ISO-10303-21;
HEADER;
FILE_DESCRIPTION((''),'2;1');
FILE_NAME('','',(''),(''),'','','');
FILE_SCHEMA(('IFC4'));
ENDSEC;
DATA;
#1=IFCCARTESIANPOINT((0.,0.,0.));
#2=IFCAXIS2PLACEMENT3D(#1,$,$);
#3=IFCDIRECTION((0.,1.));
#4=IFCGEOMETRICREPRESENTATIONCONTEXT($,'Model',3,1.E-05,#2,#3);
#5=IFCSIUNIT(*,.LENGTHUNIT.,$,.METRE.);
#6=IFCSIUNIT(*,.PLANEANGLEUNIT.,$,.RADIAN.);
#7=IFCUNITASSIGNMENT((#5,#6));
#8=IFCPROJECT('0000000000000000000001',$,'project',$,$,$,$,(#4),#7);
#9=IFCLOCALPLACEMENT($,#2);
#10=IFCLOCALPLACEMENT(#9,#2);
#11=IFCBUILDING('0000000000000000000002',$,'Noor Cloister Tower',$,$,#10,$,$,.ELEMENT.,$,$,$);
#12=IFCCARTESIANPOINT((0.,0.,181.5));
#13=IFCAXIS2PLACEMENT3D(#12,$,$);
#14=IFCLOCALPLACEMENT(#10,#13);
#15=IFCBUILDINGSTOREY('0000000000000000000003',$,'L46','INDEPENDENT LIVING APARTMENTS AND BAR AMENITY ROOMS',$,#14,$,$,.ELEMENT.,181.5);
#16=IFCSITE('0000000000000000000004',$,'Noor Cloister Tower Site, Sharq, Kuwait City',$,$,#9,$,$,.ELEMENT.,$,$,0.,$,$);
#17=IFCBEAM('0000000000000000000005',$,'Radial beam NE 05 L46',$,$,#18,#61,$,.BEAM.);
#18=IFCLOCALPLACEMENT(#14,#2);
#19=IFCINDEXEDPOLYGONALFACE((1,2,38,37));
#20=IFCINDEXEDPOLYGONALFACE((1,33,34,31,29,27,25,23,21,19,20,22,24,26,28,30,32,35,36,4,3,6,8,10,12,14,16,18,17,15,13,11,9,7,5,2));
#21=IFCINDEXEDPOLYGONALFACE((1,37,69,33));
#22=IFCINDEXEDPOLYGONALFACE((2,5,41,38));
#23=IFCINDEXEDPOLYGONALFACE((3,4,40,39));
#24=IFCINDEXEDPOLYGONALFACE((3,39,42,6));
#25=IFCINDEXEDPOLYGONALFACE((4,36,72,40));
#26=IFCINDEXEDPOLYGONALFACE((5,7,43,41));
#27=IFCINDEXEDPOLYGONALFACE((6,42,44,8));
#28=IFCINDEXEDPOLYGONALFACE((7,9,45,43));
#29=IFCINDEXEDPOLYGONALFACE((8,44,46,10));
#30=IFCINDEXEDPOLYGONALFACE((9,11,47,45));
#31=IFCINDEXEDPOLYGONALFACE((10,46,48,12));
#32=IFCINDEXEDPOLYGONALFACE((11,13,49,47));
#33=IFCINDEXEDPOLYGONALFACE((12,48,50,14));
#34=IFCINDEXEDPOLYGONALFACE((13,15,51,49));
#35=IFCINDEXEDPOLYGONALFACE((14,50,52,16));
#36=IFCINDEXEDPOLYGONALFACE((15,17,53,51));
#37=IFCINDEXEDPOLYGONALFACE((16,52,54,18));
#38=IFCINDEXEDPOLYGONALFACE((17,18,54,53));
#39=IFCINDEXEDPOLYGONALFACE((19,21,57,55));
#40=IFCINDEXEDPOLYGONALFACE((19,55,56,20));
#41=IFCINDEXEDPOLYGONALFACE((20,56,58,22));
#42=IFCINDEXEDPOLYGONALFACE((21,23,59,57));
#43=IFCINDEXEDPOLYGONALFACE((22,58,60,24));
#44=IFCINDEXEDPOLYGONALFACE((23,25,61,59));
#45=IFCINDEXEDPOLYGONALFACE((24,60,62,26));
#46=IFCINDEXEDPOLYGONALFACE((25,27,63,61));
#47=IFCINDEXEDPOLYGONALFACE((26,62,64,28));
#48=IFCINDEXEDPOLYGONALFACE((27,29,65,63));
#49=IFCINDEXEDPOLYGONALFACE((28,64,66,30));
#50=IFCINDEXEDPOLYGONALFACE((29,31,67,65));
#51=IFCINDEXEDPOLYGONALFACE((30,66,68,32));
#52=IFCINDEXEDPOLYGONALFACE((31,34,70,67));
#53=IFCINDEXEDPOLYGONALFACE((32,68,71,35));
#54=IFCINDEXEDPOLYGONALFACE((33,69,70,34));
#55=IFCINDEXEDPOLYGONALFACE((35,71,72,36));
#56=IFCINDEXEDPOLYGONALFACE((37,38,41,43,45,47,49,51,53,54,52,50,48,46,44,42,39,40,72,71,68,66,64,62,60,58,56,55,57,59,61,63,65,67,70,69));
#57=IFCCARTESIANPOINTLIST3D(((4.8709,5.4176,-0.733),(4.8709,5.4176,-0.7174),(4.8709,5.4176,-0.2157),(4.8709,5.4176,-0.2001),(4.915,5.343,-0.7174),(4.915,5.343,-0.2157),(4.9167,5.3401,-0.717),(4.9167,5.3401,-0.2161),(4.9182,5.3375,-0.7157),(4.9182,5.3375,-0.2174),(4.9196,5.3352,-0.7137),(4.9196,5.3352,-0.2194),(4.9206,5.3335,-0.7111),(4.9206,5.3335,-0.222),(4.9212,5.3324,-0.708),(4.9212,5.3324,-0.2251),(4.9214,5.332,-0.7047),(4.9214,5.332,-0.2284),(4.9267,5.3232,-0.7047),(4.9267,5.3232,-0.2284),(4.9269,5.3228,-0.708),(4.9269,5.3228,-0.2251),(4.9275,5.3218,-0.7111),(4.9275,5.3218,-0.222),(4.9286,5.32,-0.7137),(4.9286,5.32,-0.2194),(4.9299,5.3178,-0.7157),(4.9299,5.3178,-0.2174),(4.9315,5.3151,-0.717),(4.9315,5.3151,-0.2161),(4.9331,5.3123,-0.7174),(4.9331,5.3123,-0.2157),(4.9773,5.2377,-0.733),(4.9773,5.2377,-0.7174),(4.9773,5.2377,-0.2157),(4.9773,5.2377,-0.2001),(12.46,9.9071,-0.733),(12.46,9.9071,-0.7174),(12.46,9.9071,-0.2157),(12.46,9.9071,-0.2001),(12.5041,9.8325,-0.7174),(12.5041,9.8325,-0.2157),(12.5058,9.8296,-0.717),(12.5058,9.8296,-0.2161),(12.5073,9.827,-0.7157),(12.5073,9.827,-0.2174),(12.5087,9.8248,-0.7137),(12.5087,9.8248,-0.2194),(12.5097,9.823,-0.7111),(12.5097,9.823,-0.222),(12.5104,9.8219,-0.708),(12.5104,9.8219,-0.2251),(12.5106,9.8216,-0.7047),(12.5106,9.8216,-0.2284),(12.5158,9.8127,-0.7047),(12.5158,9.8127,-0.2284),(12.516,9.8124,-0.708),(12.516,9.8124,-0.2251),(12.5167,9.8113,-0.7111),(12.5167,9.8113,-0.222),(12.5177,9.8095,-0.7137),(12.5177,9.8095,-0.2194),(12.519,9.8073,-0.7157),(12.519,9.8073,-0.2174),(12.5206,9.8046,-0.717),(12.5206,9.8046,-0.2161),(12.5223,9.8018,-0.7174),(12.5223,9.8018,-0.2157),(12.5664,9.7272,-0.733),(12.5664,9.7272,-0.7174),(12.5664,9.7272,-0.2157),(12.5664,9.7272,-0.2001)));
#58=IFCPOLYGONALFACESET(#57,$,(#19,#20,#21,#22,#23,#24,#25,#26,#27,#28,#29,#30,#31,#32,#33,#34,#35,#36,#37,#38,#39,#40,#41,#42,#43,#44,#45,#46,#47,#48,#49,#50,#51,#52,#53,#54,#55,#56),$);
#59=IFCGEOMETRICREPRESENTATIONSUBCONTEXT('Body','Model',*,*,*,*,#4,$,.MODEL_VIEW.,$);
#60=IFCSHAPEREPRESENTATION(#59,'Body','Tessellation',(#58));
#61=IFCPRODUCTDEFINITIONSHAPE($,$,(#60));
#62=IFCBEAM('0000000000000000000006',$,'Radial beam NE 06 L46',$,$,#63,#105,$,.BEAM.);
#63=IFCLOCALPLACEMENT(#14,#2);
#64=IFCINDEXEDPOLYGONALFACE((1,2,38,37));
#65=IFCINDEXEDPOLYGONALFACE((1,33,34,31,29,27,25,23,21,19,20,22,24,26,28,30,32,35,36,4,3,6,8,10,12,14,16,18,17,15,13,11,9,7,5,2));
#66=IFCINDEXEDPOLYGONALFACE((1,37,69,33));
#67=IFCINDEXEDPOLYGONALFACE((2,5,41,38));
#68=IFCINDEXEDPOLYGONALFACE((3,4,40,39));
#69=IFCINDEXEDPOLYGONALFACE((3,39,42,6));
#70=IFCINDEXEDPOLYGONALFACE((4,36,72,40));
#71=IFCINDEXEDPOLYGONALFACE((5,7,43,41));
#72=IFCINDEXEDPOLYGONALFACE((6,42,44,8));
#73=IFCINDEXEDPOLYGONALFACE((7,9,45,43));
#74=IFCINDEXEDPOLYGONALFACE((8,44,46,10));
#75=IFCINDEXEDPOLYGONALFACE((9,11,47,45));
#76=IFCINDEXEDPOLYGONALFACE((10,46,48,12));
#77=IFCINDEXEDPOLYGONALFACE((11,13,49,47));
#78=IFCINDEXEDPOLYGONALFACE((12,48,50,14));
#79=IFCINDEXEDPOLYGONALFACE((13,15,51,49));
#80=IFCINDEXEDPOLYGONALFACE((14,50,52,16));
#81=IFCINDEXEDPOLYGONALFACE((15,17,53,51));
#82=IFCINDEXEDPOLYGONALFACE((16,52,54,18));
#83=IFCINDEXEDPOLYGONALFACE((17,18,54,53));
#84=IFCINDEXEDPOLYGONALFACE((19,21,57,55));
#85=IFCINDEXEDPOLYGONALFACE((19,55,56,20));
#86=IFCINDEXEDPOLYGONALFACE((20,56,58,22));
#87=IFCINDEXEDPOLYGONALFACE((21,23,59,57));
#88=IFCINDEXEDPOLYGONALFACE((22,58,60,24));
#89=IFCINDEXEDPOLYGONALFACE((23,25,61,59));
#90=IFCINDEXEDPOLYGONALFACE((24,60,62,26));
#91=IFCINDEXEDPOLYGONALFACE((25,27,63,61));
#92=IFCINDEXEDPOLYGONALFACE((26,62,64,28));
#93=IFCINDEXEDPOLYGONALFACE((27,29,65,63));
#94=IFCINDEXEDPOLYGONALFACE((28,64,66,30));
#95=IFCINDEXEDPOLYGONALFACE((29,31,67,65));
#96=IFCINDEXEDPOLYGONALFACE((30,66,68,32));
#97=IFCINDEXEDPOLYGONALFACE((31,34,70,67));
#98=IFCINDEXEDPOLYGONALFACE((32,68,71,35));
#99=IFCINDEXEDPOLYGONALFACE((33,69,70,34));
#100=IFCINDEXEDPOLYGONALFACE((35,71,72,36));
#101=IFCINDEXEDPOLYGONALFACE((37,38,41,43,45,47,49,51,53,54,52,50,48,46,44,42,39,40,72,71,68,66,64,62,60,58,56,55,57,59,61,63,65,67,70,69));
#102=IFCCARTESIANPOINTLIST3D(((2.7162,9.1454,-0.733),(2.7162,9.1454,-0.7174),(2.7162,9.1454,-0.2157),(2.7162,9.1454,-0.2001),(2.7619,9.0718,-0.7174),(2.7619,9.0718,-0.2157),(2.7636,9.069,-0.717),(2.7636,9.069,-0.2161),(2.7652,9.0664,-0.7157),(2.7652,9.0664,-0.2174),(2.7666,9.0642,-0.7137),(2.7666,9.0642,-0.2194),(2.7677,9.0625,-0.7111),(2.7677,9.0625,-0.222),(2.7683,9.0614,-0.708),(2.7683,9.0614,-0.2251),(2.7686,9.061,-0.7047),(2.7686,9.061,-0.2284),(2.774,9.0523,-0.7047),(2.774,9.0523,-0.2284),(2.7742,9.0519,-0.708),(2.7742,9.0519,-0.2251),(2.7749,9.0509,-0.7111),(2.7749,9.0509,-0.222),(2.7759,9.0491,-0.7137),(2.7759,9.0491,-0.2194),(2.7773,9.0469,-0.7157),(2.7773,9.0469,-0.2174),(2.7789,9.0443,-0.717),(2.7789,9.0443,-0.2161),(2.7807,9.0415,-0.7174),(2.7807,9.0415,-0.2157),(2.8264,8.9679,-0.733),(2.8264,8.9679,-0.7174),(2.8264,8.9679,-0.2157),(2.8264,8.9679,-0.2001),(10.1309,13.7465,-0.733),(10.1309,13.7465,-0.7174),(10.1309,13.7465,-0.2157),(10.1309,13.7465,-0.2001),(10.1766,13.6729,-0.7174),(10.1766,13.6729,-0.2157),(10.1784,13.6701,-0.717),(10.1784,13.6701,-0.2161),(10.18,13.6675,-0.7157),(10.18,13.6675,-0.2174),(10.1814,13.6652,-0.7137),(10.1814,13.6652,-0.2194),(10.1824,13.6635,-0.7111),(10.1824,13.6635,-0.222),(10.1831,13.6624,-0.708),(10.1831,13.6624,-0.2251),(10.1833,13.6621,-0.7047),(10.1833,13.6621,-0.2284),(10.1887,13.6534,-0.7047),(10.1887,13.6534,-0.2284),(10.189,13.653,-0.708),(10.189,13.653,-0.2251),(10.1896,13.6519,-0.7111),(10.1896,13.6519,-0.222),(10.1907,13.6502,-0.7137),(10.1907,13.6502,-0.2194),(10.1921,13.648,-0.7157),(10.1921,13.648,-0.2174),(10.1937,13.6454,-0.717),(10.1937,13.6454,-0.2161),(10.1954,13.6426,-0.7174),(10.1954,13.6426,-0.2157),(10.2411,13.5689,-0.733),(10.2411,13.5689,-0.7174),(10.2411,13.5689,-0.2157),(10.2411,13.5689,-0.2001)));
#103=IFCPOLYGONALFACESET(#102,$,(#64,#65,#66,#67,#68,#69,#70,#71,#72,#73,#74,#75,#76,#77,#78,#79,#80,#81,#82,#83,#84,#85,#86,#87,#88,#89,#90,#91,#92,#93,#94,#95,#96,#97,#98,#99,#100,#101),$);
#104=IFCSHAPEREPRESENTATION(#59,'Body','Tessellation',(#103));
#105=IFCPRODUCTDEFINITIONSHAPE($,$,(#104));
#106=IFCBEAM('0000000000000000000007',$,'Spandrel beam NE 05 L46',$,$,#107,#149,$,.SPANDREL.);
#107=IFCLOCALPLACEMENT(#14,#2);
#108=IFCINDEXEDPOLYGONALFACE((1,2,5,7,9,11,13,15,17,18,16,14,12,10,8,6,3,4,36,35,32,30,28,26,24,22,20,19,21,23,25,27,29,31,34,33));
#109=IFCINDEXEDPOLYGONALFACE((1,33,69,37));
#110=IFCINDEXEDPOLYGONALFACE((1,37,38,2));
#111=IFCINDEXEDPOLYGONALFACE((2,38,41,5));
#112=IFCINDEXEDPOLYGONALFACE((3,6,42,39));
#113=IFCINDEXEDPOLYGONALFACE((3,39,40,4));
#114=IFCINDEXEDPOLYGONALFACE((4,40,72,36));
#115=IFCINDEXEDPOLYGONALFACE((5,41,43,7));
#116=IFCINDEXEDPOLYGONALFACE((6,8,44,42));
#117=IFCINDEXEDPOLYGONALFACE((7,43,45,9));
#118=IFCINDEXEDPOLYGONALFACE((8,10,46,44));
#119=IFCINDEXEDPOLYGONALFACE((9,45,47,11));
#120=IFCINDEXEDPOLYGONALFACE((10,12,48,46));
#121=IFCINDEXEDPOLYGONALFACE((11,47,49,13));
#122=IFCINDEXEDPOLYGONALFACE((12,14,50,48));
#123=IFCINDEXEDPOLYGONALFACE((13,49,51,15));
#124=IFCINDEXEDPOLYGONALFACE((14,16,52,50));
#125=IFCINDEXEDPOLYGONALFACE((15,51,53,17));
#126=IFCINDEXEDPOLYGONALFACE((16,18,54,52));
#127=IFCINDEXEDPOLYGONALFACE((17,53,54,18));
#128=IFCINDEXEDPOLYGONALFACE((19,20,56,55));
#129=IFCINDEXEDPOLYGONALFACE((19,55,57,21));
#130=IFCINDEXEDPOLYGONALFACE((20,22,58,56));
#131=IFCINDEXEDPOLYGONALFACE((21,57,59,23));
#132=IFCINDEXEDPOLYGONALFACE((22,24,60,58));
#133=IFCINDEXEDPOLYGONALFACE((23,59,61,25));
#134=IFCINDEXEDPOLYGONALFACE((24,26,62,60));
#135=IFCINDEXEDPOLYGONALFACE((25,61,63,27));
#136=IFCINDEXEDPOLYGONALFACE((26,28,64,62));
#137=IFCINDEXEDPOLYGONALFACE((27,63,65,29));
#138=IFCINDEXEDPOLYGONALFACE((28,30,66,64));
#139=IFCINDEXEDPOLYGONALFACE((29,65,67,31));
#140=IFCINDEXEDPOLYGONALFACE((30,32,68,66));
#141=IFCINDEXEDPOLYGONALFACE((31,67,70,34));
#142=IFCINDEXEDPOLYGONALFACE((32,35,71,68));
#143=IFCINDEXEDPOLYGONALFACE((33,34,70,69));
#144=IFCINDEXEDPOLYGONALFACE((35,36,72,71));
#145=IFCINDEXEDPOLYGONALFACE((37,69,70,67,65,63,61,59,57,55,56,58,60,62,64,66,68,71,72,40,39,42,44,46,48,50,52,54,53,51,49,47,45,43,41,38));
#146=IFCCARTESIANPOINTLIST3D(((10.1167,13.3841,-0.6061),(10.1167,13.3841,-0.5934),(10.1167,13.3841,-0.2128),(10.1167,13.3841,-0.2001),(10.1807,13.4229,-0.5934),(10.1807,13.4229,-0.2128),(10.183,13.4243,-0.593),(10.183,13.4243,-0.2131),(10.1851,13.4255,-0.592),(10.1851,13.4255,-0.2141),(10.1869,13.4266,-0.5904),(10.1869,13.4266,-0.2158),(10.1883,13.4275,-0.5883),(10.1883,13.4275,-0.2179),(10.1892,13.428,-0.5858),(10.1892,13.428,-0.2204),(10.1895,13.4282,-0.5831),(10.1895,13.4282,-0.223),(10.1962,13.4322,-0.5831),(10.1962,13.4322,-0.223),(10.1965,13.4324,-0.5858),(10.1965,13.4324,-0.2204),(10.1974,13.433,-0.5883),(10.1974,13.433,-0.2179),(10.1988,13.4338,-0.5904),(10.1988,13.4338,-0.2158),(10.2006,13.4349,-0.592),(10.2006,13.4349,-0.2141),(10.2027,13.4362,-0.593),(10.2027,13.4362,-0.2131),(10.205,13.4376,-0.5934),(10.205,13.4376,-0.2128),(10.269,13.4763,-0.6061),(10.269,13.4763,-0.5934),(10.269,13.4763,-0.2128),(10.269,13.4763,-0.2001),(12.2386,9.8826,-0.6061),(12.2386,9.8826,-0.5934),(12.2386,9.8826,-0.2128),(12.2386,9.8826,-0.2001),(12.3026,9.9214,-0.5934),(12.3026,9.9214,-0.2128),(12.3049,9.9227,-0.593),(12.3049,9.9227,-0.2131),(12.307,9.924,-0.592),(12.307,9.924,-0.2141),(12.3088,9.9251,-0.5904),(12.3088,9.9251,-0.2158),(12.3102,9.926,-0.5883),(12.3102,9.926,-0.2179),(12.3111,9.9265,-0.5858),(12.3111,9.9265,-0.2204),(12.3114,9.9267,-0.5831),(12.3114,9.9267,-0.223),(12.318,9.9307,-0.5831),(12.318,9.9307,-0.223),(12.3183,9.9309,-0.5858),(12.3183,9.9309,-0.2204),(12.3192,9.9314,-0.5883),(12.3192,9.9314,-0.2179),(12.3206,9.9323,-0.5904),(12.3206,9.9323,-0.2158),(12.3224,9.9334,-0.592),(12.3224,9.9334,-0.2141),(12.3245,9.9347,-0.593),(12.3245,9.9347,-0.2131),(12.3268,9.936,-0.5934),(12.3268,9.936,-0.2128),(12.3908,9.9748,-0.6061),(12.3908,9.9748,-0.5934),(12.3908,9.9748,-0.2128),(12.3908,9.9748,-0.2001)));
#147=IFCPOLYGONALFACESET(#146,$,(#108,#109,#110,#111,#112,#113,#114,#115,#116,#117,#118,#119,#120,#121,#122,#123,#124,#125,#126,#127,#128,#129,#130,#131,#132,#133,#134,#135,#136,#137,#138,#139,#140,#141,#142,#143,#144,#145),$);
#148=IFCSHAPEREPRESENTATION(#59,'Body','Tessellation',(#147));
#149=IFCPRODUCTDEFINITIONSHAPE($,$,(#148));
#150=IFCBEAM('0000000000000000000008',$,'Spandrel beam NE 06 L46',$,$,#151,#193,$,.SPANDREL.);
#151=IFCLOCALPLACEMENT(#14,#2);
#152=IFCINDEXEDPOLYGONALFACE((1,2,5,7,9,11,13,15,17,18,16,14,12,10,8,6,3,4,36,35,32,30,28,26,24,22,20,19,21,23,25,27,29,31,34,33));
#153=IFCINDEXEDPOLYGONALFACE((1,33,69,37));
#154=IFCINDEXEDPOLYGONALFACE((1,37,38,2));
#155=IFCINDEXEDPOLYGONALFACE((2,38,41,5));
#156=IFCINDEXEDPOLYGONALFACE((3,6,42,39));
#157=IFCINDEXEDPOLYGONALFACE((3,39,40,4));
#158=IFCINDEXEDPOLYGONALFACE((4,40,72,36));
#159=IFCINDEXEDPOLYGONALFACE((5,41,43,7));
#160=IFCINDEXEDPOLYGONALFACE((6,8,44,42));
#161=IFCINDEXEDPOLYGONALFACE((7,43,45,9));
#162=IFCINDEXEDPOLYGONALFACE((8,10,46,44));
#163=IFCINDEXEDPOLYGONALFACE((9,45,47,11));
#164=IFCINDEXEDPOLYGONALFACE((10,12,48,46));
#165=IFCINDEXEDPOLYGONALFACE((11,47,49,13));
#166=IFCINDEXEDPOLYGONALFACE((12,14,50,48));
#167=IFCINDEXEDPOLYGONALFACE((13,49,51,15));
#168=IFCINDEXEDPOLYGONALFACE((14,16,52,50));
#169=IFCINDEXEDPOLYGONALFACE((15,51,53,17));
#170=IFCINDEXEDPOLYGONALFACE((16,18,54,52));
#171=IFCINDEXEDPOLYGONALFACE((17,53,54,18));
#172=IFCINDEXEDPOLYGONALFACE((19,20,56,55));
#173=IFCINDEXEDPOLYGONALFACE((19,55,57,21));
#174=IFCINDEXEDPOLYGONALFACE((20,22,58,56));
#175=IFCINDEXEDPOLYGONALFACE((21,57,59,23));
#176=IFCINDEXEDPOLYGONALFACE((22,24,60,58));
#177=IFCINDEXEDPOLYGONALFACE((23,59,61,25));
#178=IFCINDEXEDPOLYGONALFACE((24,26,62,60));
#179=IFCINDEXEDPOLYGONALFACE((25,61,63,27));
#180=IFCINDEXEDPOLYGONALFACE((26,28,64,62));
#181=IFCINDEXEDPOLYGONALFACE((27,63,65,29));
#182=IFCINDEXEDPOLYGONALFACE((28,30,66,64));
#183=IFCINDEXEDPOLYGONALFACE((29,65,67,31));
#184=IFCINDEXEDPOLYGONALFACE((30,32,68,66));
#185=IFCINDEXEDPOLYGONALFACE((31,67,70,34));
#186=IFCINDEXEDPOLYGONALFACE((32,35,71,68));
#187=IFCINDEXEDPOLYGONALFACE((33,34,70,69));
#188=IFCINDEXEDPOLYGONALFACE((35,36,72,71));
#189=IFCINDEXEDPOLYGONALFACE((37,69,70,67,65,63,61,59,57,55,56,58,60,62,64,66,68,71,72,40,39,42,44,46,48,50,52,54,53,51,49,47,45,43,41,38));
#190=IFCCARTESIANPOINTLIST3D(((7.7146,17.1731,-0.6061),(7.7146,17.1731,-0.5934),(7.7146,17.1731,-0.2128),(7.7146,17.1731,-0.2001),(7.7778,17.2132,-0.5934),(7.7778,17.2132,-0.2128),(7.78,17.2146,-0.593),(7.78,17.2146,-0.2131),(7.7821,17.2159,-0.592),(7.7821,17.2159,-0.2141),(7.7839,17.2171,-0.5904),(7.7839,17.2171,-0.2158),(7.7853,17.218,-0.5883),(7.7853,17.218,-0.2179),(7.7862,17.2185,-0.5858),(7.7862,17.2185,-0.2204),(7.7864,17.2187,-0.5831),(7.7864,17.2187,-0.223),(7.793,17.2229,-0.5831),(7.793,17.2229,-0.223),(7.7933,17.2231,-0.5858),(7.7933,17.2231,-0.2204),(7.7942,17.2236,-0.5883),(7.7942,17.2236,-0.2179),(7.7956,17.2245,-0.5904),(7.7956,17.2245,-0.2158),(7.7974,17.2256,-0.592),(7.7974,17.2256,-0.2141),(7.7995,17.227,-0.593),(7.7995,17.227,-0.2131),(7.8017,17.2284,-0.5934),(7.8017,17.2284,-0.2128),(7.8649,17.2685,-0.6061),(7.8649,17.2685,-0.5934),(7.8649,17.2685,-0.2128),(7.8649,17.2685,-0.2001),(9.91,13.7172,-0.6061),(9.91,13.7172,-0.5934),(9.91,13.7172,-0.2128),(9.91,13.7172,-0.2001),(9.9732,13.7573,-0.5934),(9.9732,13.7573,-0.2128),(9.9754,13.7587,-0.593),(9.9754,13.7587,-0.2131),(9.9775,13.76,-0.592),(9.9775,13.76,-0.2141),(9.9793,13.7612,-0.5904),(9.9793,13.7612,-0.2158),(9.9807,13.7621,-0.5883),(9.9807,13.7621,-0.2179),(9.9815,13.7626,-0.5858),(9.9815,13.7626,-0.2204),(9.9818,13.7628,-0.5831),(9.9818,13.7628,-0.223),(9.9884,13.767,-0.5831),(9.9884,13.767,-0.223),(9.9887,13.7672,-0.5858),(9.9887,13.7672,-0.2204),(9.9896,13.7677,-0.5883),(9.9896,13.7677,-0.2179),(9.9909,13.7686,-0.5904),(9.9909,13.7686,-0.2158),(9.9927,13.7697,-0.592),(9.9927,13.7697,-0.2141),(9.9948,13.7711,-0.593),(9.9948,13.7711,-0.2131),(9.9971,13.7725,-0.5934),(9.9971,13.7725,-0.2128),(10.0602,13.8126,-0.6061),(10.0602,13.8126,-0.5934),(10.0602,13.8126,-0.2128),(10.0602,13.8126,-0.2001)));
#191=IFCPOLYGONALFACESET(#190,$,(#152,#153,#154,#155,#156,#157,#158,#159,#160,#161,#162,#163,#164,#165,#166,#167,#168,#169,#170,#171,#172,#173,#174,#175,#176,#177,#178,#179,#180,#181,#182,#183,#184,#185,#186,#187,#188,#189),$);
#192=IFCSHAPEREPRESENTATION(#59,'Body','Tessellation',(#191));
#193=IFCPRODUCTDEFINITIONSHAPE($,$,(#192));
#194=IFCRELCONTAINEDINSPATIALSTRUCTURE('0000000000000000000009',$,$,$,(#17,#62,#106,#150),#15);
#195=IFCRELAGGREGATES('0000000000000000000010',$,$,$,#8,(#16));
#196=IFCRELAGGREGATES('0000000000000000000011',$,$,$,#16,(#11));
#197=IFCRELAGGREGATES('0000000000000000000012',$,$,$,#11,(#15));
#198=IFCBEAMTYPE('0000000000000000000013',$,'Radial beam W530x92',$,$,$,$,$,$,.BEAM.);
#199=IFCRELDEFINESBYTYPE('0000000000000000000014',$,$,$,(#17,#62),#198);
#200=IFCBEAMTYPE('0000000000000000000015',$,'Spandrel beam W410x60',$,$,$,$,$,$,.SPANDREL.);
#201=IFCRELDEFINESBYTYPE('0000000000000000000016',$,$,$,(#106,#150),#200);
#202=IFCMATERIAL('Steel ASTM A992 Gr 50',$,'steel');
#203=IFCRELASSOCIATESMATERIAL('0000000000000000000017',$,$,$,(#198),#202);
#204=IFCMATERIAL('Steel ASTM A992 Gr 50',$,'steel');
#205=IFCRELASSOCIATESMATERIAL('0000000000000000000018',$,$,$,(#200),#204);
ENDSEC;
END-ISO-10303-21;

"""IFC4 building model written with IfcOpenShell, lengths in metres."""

from ifc_helpers import new_model, si_unit, direction, frame, origin, origin_2d, place, context, subcontext, project, spatial, i_section, extrude, material, material_profile, profile_set, type_object, element, save


model = new_model("IFC4")

# Units and contexts
model_context = context("Model", 3, precision=1e-05, world=origin(), true_north=direction((0.0, 1.0)))
body_context = subcontext(model_context, "Body", "Model", "MODEL_VIEW")
ifc_project = project(units=[si_unit("LENGTHUNIT", "METRE"), si_unit("PLANEANGLEUNIT", "RADIAN")], contexts=[model_context])

# Site, building, storey
site_placement = place(None, origin())
site = spatial("IfcSite", under=ifc_project, at=site_placement, Name="Noor Cloister Tower Site, Sharq, Kuwait City", CompositionType="ELEMENT", RefElevation=0.0)
building_placement = place(site_placement, origin())
building = spatial("IfcBuilding", under=site, at=building_placement, Name="Noor Cloister Tower", CompositionType="ELEMENT")
storey_placement = place(building_placement, frame((0.0, 0.0, 181.5)))
storey = spatial("IfcBuildingStorey", under=building, at=storey_placement, Name="L46", Description="INDEPENDENT LIVING APARTMENTS AND BAR AMENITY ROOMS", CompositionType="ELEMENT", Elevation=181.5)

# Beams
ifc_material_1 = material(Name="Steel ASTM A992 Gr 50", Category="steel")
ifc_material_profile_1 = material_profile(ifc_material_1, i_section(OverallWidth=0.209, OverallDepth=0.533, WebThickness=0.0103, FlangeThickness=0.0156, FilletRadius=0.0127, at=origin_2d()), Name="W530x92")
ifc_profile_set_1 = profile_set([ifc_material_profile_1], Name="Steel ASTM A992 Gr 50")
beam_type_1 = type_object("IfcBeamType", Name="Radial beam W530x92", PredefinedType="BEAM", material=ifc_profile_set_1)
beam_1_placement = place(storey_placement, frame((12.5132, 9.8171, -0.4666), z_axis=(-0.860677, -0.509152, 0.0), x_axis=(0.509152, -0.860677, 0.0)))
element("IfcBeam", 1, at=beam_1_placement, inside=storey, type_object=beam_type_1, Name="Radial beam NE 05 L46", PredefinedType="BEAM", context=body_context, shape_type="SweptSolid", body=[
    extrude(i_section(OverallWidth=0.209, OverallDepth=0.533, WebThickness=0.0103, FlangeThickness=0.0156, FilletRadius=0.0127, at=origin_2d()), origin(), (0.0, 0.0, 1.0), 8.8176),
])
beam_2_placement = place(storey_placement, frame((10.186, 13.6577, -0.4666), z_axis=(-0.849702, -0.527263, 0.0), x_axis=(0.527263, -0.849702, 0.0)))
element("IfcBeam", 2, at=beam_2_placement, inside=storey, type_object=beam_type_1, Name="Radial beam NE 06 L46", PredefinedType="BEAM", context=body_context, shape_type="SweptSolid", body=[
    extrude(i_section(OverallWidth=0.209, OverallDepth=0.533, WebThickness=0.0103, FlangeThickness=0.0156, FilletRadius=0.0127, at=origin_2d()), origin(), (0.0, 0.0, 1.0), 8.7263),
])
ifc_material_2 = material(Name="Steel ASTM A992 Gr 50", Category="steel")
ifc_material_profile_2 = material_profile(ifc_material_2, i_section(OverallWidth=0.178, OverallDepth=0.406, WebThickness=0.0078, FlangeThickness=0.0127, FilletRadius=0.0103, at=origin_2d()), Name="W410x60")
ifc_profile_set_2 = profile_set([ifc_material_profile_2], Name="Steel ASTM A992 Gr 50")
beam_type_2 = type_object("IfcBeamType", Name="Spandrel beam W410x60", PredefinedType="SPANDREL", material=ifc_profile_set_2)
for number, where, z_axis, x_axis, name in (
    (3, (12.3147, 9.9287, -0.4031), (-0.518253, 0.855227, 0.0), (-0.855227, -0.518253, 0.0), "Spandrel beam NE 05 L46"),
    (4, (9.9851, 13.7649, -0.4031), (-0.536208, 0.844086, 0.0), (-0.844086, -0.536208, 0.0), "Spandrel beam NE 06 L46"),
):
    element("IfcBeam", number, at=place(storey_placement, frame(where, z_axis=z_axis, x_axis=x_axis)), inside=storey, type_object=beam_type_2, Name=name, PredefinedType="SPANDREL", context=body_context, shape_type="SweptSolid", body=[
        extrude(i_section(OverallWidth=0.178, OverallDepth=0.406, WebThickness=0.0078, FlangeThickness=0.0127, FilletRadius=0.0103, at=origin_2d()), origin(), (0.0, 0.0, 1.0), 4.0942),
    ])

save(model, "model.ifc")
